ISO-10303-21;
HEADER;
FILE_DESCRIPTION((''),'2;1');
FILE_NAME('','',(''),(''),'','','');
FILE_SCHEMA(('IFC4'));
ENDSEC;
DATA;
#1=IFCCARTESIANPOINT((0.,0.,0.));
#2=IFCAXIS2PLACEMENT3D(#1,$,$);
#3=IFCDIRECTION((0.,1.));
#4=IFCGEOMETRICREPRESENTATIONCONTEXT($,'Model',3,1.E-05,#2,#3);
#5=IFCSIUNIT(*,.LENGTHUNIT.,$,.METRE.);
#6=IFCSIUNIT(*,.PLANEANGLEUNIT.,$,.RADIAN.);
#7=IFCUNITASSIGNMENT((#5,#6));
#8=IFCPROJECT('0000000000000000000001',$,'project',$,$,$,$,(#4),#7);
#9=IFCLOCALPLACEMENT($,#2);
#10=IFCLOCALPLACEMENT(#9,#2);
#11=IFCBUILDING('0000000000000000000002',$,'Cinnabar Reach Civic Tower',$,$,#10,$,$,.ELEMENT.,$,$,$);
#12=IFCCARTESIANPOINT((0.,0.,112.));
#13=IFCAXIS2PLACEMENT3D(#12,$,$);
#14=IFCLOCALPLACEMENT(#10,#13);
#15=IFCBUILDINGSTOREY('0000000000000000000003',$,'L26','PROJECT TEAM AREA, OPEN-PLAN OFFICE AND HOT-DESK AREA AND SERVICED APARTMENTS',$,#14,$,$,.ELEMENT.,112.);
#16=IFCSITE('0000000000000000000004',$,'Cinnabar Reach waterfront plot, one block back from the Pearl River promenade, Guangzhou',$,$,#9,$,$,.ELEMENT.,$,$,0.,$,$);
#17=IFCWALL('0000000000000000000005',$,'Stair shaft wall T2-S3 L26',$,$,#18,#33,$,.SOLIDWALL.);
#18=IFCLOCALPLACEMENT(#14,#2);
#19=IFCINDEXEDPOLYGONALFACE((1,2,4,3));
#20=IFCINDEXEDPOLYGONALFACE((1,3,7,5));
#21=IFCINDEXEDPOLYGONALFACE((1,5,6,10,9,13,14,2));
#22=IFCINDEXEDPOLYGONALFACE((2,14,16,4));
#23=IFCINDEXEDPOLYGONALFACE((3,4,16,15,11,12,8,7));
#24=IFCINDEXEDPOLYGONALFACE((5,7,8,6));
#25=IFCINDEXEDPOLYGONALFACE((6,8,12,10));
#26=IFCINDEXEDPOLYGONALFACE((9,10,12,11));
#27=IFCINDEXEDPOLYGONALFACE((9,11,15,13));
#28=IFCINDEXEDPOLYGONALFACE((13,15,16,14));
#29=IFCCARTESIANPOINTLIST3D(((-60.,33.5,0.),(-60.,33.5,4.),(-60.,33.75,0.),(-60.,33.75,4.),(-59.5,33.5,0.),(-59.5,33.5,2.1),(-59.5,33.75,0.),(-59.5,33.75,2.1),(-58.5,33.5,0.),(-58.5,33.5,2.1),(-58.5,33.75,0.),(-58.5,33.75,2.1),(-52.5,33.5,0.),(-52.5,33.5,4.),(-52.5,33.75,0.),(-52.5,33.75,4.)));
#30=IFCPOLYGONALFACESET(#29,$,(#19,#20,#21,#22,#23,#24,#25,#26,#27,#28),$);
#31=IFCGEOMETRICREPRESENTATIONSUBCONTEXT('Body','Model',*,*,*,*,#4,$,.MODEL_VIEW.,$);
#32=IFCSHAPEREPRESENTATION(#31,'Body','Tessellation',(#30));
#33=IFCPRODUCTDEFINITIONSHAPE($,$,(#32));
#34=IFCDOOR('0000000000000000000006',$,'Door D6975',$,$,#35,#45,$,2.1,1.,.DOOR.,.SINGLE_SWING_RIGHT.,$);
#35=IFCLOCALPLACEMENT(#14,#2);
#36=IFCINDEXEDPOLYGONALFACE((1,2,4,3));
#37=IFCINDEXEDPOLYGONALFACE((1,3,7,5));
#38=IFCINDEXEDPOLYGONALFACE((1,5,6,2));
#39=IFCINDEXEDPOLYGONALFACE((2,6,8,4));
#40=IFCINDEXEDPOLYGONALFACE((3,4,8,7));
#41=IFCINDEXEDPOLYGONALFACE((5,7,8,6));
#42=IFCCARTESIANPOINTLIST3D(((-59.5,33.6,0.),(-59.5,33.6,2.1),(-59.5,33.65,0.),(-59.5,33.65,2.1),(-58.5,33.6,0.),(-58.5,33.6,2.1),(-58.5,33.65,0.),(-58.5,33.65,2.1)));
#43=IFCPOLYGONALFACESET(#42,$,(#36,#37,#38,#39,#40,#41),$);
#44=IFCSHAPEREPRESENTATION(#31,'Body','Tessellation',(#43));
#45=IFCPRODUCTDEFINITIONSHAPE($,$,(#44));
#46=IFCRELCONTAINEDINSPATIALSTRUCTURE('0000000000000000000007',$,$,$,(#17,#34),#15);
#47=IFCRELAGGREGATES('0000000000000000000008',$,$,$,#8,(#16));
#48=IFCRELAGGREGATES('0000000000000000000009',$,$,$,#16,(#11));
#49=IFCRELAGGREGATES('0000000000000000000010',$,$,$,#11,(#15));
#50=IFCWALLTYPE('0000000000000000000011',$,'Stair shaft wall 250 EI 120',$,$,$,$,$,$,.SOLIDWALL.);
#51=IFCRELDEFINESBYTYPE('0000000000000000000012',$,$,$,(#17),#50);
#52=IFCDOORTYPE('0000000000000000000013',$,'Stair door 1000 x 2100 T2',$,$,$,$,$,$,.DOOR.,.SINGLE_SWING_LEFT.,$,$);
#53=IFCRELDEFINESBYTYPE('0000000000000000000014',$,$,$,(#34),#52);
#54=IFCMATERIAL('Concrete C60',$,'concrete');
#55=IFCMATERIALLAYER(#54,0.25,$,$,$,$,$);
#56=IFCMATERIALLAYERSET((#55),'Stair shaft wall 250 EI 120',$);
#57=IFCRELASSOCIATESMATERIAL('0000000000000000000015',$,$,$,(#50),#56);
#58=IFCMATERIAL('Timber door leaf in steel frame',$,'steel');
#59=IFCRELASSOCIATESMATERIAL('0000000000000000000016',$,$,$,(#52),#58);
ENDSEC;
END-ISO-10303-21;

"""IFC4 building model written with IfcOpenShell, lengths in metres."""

from ifc_helpers import new_model, si_unit, direction, frame, frame_2d, origin, place, context, subcontext, project, spatial, rectangle, extrude, material, layer, layer_set, type_object, element, fill, save


model = new_model("IFC4")

# Units and contexts
model_context = context("Model", 3, precision=1e-05, world=origin(), true_north=direction((0.0, 1.0)))
body_context = subcontext(model_context, "Body", "Model", "MODEL_VIEW")
ifc_project = project(units=[si_unit("LENGTHUNIT", "METRE"), si_unit("PLANEANGLEUNIT", "RADIAN")], contexts=[model_context])

# Site, building, storey
site_placement = place(None, origin())
site = spatial("IfcSite", under=ifc_project, at=site_placement, Name="Cinnabar Reach waterfront plot, one block back from the Pearl River promenade, Guangzhou", CompositionType="ELEMENT", RefElevation=0.0)
building_placement = place(site_placement, origin())
building = spatial("IfcBuilding", under=site, at=building_placement, Name="Cinnabar Reach Civic Tower", CompositionType="ELEMENT")
storey_placement = place(building_placement, frame((0.0, 0.0, 112.0)))
storey = spatial("IfcBuildingStorey", under=building, at=storey_placement, Name="L26", Description="PROJECT TEAM AREA, OPEN-PLAN OFFICE AND HOT-DESK AREA AND SERVICED APARTMENTS", CompositionType="ELEMENT", Elevation=112.0)

# Shared definitions
ifc_material_1 = material(Name="Concrete C60", Category="concrete")

# Shared definitions
ifc_material_2 = material(Name="Timber door leaf in steel frame", Category="steel")

# Wall, opening, door
ifc_layer_1 = layer(ifc_material_1, 0.25)
ifc_layer_set_1 = layer_set([ifc_layer_1], Name="Stair shaft wall 250 EI 120")
wall_type_1 = type_object("IfcWallType", Name="Stair shaft wall 250 EI 120", PredefinedType="SOLIDWALL", material=ifc_layer_set_1)
wall_1_placement = place(storey_placement, frame((-52.5, 33.625, 0.0), z_axis=(0.0, 0.0, 1.0), x_axis=(-1.0, 0.0, 0.0)))
wall_1 = element("IfcWall", 1, at=wall_1_placement, inside=storey, type_object=wall_type_1, Name="Stair shaft wall T2-S3 L26", PredefinedType="SOLIDWALL", context=body_context, shape_type="SweptSolid", body=[
    extrude(rectangle(XDim=7.5, YDim=0.25, at=frame_2d((3.75, 0.0))), origin(), (0.0, 0.0, 1.0), 4.0),
])
opening_1_placement = place(wall_1_placement, frame((6.0, 0.0, 0.0)))
opening_1 = element("IfcOpeningElement", 2, at=opening_1_placement, cuts=wall_1, PredefinedType="OPENING", context=body_context, shape_type="SweptSolid", body=[
    extrude(rectangle(XDim=1.0, YDim=2.1, at=frame_2d((0.5, 1.05))), frame((0.0, 0.135, 0.0), z_axis=(0.0, -1.0, 0.0), x_axis=(1.0, 0.0, 0.0)), (0.0, 0.0, 1.0), 0.27),
])
door_type_1 = type_object("IfcDoorType", Name="Stair door 1000 x 2100 T2", OperationType="SINGLE_SWING_LEFT", PredefinedType="DOOR", material=ifc_material_2)
door_1_placement = place(opening_1_placement, origin())
door_1 = element("IfcDoor", 3, at=door_1_placement, inside=storey, type_object=door_type_1, Name="Door D6975", OperationType="SINGLE_SWING_RIGHT", OverallHeight=2.1, OverallWidth=1.0, PredefinedType="DOOR", context=body_context, shape_type="SweptSolid", body=[
    extrude(rectangle(XDim=1.0, YDim=2.1, at=frame_2d((0.5, 1.05))), frame((0.0, 0.025, 0.0), z_axis=(0.0, -1.0, 0.0), x_axis=(1.0, 0.0, 0.0)), (0.0, 0.0, 1.0), 0.05),
])
fill(opening_1, door_1)

save(model, "model.ifc")
